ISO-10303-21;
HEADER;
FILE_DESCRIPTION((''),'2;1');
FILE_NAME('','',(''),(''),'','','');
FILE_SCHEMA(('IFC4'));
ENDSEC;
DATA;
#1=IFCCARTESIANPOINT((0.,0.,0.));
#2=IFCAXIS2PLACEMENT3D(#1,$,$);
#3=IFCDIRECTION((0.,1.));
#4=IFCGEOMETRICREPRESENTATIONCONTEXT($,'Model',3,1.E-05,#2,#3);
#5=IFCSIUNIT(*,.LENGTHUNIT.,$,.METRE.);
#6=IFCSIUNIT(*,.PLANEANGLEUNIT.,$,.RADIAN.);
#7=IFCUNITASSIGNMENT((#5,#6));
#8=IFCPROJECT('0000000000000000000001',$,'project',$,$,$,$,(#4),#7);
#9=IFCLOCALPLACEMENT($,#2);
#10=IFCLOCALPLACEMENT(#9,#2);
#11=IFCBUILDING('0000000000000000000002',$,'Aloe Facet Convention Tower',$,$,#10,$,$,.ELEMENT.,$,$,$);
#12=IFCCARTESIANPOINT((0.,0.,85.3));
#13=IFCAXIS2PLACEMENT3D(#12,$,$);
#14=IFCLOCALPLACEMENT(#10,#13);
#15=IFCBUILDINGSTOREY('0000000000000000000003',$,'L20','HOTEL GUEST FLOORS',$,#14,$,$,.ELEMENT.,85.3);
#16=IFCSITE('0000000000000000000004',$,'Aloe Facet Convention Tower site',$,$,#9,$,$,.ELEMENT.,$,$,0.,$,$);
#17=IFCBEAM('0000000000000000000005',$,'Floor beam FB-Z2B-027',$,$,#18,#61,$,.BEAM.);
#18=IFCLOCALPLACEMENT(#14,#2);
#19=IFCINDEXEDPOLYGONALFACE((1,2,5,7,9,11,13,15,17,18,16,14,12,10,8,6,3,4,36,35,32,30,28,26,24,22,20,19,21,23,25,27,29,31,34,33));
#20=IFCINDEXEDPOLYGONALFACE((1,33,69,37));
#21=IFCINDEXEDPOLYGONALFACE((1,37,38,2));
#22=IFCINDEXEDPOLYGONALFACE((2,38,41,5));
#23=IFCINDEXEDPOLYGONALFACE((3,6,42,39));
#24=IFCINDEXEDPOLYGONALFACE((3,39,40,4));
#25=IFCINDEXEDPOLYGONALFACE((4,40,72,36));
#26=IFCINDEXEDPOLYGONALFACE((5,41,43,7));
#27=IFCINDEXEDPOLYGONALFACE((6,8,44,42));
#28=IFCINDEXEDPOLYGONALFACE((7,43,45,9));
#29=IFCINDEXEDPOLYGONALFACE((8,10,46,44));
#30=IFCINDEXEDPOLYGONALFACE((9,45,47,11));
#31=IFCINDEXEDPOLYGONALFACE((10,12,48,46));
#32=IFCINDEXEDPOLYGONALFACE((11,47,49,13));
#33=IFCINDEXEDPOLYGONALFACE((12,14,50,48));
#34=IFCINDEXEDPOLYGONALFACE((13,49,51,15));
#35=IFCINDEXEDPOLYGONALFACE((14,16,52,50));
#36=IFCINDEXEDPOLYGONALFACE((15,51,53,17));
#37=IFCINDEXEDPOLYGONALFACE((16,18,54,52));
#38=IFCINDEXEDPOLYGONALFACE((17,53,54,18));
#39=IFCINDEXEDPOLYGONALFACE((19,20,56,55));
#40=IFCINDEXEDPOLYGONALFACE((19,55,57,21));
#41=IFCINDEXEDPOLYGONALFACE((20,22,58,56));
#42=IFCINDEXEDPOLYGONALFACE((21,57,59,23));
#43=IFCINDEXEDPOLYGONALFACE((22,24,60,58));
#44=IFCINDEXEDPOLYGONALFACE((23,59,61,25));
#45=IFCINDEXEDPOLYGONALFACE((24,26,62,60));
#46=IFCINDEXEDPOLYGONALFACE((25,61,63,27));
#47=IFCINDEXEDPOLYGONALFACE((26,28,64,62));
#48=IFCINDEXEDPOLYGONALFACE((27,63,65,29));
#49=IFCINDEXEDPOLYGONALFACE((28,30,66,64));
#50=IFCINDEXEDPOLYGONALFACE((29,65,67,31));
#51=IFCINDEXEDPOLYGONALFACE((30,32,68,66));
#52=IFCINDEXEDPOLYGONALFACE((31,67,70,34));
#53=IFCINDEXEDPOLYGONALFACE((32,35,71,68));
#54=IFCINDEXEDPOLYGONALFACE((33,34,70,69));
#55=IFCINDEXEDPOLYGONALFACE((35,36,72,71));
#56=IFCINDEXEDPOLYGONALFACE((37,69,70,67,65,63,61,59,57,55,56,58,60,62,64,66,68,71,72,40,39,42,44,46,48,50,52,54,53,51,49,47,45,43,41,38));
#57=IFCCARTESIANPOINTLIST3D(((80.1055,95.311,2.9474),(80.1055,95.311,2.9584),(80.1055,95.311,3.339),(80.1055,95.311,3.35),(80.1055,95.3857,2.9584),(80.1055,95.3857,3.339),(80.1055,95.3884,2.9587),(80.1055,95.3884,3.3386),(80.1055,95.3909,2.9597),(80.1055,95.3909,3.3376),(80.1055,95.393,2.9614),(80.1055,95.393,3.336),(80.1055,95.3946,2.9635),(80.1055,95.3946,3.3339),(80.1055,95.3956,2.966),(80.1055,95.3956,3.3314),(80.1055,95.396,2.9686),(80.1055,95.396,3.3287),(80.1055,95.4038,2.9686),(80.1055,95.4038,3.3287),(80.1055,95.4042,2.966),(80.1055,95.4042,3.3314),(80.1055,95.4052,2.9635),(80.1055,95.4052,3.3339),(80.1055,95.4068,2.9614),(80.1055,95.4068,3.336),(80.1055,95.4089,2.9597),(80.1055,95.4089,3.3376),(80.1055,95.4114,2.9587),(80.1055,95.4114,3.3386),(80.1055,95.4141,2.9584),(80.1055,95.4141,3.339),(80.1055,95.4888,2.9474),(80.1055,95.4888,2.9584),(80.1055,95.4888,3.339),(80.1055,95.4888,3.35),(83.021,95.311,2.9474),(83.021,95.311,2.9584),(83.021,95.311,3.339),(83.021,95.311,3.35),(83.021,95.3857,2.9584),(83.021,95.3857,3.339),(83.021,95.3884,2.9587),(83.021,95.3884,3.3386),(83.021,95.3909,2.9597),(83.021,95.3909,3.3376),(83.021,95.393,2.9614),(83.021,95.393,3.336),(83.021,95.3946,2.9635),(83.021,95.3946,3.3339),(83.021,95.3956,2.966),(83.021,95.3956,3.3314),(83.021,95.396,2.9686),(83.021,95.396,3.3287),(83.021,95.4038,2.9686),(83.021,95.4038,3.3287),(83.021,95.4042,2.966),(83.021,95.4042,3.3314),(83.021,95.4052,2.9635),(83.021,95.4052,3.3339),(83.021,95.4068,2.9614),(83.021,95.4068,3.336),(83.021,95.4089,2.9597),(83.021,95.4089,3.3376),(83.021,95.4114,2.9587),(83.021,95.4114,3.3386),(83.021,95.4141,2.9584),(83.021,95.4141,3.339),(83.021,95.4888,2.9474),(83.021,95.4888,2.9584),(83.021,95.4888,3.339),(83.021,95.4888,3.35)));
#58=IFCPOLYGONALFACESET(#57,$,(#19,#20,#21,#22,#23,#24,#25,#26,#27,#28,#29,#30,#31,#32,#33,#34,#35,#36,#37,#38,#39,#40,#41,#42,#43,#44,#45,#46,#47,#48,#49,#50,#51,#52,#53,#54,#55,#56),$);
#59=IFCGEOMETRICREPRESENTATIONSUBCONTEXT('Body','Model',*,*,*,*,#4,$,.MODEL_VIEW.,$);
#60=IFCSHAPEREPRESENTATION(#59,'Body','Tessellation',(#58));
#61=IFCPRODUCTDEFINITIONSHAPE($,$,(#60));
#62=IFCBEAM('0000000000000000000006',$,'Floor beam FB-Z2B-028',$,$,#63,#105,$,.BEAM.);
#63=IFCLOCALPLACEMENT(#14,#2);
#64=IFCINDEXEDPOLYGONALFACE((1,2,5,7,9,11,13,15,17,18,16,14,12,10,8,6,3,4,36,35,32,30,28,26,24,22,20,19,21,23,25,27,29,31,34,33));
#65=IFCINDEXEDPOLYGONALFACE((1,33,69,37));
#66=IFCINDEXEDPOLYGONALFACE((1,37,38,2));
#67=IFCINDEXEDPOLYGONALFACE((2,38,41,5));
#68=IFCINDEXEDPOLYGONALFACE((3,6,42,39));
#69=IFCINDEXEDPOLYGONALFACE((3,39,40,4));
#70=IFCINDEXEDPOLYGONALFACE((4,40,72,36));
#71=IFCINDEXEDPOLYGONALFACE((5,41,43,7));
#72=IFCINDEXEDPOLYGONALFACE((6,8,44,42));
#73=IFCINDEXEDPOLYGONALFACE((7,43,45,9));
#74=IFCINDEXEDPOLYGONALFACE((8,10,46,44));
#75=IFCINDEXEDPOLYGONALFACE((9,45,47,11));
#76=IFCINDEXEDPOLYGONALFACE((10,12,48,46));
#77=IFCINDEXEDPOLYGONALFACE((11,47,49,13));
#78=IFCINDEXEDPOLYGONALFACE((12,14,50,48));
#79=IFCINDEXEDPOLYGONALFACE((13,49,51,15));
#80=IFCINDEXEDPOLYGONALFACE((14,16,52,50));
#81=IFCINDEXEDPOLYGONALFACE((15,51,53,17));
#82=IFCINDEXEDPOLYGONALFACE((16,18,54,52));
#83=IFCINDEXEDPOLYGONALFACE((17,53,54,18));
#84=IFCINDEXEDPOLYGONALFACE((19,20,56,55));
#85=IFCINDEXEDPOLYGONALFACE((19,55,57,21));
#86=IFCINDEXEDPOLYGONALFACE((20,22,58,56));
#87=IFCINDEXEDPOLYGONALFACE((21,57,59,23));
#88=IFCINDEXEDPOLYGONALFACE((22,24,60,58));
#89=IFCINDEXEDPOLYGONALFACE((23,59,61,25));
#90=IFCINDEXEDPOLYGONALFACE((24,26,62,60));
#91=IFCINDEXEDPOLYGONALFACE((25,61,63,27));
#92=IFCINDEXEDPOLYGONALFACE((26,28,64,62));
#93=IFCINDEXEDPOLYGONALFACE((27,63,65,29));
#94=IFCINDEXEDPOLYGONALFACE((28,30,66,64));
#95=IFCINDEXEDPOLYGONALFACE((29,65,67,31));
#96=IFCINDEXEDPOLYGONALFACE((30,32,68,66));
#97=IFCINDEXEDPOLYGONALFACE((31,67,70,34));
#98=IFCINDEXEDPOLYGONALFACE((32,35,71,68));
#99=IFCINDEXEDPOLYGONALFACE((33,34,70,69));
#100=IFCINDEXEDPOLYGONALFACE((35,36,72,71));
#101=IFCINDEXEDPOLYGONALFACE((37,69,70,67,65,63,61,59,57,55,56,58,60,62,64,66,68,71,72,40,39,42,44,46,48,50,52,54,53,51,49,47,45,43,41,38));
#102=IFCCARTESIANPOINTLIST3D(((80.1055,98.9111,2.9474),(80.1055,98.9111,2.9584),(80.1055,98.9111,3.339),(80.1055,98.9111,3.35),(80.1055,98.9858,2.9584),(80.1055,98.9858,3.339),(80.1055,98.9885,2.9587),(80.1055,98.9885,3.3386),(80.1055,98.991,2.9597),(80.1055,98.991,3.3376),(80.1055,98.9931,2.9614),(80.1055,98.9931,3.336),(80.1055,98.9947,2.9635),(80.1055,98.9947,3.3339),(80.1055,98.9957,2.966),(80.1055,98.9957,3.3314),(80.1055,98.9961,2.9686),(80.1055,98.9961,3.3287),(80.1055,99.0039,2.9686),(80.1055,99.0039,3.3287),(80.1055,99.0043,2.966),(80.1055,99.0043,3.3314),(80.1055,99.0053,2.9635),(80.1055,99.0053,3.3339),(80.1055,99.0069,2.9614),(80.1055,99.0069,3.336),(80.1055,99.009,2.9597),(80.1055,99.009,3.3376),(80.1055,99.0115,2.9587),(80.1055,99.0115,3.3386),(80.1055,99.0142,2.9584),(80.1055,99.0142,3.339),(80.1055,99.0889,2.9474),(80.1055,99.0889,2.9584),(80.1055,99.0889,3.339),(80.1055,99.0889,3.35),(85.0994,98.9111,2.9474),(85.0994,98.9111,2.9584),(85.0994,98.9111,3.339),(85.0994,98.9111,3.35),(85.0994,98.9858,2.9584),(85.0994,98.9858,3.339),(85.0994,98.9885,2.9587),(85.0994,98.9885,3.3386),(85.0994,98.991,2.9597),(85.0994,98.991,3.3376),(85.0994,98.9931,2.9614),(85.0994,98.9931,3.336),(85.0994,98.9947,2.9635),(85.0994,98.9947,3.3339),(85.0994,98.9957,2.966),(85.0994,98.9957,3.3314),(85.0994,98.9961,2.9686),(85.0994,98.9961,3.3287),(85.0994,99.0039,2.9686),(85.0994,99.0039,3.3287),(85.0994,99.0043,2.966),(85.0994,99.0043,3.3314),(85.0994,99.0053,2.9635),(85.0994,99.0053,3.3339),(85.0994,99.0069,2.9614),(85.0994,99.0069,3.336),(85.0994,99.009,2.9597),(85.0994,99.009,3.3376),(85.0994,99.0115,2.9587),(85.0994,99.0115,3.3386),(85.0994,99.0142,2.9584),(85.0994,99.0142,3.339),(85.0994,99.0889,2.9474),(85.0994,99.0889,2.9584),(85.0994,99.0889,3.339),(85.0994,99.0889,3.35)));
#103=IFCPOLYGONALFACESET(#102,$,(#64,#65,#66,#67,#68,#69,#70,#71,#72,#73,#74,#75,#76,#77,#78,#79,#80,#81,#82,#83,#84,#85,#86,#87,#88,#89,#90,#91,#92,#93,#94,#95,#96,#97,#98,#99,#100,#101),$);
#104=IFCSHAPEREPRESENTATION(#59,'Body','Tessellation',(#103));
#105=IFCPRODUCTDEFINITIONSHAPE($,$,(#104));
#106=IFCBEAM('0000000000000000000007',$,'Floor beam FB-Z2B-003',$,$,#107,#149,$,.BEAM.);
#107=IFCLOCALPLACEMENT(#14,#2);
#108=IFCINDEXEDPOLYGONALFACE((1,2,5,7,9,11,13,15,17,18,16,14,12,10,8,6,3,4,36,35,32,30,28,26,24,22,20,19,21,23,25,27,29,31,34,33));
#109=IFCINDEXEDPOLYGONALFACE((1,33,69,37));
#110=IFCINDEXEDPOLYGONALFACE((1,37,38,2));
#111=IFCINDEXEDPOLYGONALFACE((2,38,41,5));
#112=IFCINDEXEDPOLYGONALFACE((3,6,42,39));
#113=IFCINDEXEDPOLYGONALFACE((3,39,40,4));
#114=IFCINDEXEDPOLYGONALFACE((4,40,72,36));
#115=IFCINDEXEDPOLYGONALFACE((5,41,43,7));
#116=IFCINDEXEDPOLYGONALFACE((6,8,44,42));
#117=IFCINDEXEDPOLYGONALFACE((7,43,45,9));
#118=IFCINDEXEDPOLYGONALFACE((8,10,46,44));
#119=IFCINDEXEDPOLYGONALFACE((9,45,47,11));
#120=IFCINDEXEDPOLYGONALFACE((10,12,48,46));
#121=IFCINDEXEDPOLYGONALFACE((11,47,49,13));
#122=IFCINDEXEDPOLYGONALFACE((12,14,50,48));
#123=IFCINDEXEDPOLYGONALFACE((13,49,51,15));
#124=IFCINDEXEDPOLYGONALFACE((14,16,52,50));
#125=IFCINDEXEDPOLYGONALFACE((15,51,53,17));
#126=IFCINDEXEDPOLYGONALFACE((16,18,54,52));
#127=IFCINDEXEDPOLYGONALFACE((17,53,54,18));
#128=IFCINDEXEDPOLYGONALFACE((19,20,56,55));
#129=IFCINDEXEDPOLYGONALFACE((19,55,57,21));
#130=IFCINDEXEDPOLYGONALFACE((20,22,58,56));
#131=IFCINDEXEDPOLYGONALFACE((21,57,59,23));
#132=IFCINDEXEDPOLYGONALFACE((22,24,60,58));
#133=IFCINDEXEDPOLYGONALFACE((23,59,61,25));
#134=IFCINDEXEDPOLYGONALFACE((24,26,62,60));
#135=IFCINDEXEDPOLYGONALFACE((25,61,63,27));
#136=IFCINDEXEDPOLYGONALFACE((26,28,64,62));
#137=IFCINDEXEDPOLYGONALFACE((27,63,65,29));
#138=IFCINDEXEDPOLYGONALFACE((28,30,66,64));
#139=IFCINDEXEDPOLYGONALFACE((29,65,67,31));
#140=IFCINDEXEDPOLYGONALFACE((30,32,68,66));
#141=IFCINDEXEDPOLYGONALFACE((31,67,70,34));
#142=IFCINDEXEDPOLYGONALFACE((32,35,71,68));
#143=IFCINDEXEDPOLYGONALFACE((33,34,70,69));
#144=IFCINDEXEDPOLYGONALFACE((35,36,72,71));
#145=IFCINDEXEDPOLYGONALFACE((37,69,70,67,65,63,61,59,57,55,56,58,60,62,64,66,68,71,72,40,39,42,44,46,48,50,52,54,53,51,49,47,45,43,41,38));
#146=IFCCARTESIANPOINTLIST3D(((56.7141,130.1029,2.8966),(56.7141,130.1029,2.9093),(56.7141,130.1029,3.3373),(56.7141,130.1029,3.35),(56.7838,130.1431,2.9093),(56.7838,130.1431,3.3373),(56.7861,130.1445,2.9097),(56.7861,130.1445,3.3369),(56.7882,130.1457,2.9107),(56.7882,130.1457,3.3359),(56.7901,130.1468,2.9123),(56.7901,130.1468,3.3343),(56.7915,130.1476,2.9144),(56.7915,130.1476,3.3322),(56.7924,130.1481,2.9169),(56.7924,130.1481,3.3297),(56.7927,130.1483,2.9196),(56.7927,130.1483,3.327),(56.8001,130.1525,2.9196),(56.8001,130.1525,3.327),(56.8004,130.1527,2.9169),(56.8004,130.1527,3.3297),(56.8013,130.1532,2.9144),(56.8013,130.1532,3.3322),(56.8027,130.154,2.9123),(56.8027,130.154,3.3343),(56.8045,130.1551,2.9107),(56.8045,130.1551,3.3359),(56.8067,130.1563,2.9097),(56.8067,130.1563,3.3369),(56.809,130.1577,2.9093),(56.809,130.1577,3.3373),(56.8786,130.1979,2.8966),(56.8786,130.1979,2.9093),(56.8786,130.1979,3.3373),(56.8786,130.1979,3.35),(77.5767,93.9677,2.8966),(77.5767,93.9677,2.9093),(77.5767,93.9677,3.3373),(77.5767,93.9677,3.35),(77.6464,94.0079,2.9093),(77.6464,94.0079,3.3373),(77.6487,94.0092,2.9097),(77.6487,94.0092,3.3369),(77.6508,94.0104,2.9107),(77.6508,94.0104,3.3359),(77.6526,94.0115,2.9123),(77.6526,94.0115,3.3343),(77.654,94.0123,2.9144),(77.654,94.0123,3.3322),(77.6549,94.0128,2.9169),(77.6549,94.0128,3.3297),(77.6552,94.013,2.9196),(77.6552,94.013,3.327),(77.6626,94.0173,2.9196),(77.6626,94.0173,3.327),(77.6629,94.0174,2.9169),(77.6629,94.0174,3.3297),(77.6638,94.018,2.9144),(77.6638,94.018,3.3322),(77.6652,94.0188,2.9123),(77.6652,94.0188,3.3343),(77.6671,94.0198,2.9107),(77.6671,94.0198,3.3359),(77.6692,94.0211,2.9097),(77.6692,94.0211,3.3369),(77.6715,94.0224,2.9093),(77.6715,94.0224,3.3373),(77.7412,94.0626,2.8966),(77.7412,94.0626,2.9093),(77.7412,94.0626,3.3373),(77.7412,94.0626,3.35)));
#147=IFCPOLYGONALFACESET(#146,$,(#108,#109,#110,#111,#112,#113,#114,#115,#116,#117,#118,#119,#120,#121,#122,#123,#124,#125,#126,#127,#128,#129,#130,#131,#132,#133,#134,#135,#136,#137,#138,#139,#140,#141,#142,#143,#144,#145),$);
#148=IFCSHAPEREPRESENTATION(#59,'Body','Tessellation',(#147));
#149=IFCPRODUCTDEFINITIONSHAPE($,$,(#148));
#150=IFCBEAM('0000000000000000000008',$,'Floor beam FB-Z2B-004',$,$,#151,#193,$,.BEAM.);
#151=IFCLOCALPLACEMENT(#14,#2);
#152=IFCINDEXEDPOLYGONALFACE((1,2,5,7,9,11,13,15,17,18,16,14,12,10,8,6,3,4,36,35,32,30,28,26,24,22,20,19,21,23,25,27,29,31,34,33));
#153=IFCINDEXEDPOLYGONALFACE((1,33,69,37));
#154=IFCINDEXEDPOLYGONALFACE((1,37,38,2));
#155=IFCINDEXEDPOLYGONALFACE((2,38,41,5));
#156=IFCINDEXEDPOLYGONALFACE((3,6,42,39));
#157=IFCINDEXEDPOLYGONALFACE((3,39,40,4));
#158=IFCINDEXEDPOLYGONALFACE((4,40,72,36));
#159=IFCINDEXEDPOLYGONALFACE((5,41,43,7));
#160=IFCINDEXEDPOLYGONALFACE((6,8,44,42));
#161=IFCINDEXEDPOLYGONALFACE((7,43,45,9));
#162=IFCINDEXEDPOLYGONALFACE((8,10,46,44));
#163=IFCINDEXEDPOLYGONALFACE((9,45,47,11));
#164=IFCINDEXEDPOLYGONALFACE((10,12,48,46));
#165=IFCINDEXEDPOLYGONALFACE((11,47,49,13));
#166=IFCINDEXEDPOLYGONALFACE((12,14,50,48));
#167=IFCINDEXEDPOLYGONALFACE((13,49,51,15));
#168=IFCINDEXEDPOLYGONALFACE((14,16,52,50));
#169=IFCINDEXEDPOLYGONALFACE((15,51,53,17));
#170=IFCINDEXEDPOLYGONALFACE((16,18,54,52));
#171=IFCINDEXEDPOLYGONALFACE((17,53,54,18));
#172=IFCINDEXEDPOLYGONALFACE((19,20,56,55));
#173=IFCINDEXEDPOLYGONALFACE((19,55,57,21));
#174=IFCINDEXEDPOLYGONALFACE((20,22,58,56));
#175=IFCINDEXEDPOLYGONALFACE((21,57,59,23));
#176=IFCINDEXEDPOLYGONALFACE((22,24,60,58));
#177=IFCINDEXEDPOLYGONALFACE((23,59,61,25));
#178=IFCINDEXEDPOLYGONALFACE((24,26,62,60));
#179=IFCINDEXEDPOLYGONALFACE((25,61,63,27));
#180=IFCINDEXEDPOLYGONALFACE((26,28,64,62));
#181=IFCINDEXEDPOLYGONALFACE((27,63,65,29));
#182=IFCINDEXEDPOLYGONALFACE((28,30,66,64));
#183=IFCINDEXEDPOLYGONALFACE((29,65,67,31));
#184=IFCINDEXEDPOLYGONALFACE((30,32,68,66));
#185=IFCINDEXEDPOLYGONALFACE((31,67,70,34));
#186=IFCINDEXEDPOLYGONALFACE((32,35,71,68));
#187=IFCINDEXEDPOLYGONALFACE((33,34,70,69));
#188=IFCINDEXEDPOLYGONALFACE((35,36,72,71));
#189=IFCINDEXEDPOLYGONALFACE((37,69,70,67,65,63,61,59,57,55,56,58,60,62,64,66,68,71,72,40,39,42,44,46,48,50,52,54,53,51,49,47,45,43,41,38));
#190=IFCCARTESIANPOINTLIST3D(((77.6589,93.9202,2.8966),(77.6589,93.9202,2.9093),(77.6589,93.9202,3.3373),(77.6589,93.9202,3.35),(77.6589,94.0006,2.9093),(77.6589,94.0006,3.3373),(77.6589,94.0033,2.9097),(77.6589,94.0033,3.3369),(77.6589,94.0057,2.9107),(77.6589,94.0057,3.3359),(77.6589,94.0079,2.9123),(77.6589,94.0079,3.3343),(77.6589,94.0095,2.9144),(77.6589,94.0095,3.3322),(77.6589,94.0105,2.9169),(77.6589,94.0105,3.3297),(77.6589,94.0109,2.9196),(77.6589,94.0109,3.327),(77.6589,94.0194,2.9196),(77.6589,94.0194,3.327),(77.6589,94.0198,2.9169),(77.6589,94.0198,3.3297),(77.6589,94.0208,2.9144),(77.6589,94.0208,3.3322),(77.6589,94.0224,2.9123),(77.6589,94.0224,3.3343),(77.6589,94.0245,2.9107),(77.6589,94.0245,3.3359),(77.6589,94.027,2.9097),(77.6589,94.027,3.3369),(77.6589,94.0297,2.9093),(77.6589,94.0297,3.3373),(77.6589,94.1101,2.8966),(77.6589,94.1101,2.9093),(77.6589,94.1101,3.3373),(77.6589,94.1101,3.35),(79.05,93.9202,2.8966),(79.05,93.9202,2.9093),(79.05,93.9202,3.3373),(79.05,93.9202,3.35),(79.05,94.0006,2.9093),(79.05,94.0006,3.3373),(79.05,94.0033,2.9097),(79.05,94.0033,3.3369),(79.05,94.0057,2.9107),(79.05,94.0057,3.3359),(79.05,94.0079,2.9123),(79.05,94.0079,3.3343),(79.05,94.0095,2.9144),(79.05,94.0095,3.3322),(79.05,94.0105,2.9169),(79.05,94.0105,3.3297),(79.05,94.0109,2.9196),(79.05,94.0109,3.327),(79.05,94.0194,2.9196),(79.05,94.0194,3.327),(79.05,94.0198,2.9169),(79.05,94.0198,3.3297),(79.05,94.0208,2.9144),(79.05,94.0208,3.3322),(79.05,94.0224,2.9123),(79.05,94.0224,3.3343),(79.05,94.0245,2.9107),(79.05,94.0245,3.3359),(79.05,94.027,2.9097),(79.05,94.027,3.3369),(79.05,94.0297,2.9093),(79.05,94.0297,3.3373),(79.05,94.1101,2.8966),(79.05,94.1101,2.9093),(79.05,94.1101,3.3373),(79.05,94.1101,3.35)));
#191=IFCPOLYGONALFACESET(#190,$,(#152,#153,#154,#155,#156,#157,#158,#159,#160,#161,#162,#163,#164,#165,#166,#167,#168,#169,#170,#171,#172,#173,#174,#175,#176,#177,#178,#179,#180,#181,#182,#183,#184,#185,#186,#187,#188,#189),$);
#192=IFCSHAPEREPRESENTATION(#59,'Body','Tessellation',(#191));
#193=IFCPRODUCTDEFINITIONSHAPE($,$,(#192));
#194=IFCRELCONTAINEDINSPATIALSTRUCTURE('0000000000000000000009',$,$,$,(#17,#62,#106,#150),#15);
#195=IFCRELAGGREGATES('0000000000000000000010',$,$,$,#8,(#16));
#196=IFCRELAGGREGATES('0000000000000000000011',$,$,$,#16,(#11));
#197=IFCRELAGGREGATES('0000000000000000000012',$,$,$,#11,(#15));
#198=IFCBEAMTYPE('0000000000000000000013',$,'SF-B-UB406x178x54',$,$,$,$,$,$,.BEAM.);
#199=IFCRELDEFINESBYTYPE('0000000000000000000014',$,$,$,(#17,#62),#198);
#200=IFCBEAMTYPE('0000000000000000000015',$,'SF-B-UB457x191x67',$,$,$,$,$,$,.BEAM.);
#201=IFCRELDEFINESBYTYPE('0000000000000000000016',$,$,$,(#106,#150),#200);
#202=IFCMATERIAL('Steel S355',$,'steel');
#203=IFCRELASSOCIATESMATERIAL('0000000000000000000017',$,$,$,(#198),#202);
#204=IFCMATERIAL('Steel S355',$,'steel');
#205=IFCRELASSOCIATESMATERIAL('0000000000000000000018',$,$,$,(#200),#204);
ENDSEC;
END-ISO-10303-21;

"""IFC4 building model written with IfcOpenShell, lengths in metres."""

from ifc_helpers import new_model, si_unit, direction, frame, origin, origin_2d, place, context, subcontext, project, spatial, i_section, extrude, material, material_profile, profile_set, type_object, element, save


model = new_model("IFC4")

# Units and contexts
model_context = context("Model", 3, precision=1e-05, world=origin(), true_north=direction((0.0, 1.0)))
body_context = subcontext(model_context, "Body", "Model", "MODEL_VIEW")
ifc_project = project(units=[si_unit("LENGTHUNIT", "METRE"), si_unit("PLANEANGLEUNIT", "RADIAN")], contexts=[model_context])

# Site, building, storey
site_placement = place(None, origin())
site = spatial("IfcSite", under=ifc_project, at=site_placement, Name="Aloe Facet Convention Tower site", CompositionType="ELEMENT", RefElevation=0.0)
building_placement = place(site_placement, origin())
building = spatial("IfcBuilding", under=site, at=building_placement, Name="Aloe Facet Convention Tower", CompositionType="ELEMENT")
storey_placement = place(building_placement, frame((0.0, 0.0, 85.3)))
storey = spatial("IfcBuildingStorey", under=building, at=storey_placement, Name="L20", Description="HOTEL GUEST FLOORS", CompositionType="ELEMENT", Elevation=85.3)

# Beams
ifc_material_1 = material(Name="Steel S355", Category="steel")
ifc_material_profile_1 = material_profile(ifc_material_1, i_section(OverallWidth=0.1777, OverallDepth=0.4026, WebThickness=0.0078, FlangeThickness=0.011, FilletRadius=0.0103, at=origin_2d()), Name="UB 406x178x54")
ifc_profile_set_1 = profile_set([ifc_material_profile_1], Name="Steel S355")
beam_type_1 = type_object("IfcBeamType", Name="SF-B-UB406x178x54", PredefinedType="BEAM", material=ifc_profile_set_1)
for number, where, z_axis, x_axis, name in (
    (1, (80.1055, 95.3999, 3.1487), (1.0, 0.0, 0.0), (0.0, 1.0, 0.0), "Floor beam FB-Z2B-027"),
):
    element("IfcBeam", number, at=place(storey_placement, frame(where, z_axis=z_axis, x_axis=x_axis)), inside=storey, type_object=beam_type_1, Name=name, PredefinedType="BEAM", context=body_context, shape_type="SweptSolid", body=[
        extrude(i_section(OverallWidth=0.1777, OverallDepth=0.4026, WebThickness=0.0078, FlangeThickness=0.011, FilletRadius=0.0103, at=origin_2d()), origin(), (0.0, 0.0, 1.0), 2.9155),
    ])
beam_1_placement = place(storey_placement, frame((80.1055, 99.0, 3.1487), z_axis=(1.0, 0.0, 0.0), x_axis=(0.0, 1.0, 0.0)))
element("IfcBeam", 2, at=beam_1_placement, inside=storey, type_object=beam_type_1, Name="Floor beam FB-Z2B-028", PredefinedType="BEAM", context=body_context, shape_type="SweptSolid", body=[
    extrude(i_section(OverallWidth=0.1777, OverallDepth=0.4026, WebThickness=0.0078, FlangeThickness=0.011, FilletRadius=0.0103, at=origin_2d()), origin(), (0.0, 0.0, 1.0), 4.9939),
])
ifc_material_2 = material(Name="Steel S355", Category="steel")
ifc_material_profile_2 = material_profile(ifc_material_2, i_section(OverallWidth=0.1899, OverallDepth=0.4534, WebThickness=0.0085, FlangeThickness=0.0127, FilletRadius=0.0103, at=origin_2d()), Name="UB 457x191x67")
ifc_profile_set_2 = profile_set([ifc_material_profile_2], Name="Steel S355")
beam_type_2 = type_object("IfcBeamType", Name="SF-B-UB457x191x67", PredefinedType="BEAM", material=ifc_profile_set_2)
beam_2_placement = place(storey_placement, frame((77.6589, 94.0151, 3.1233), z_axis=(-0.499997, 0.866027, 0.0), x_axis=(-0.866027, -0.499997, 0.0)))
element("IfcBeam", 3, at=beam_2_placement, inside=storey, type_object=beam_type_2, Name="Floor beam FB-Z2B-003", PredefinedType="BEAM", context=body_context, shape_type="SweptSolid", body=[
    extrude(i_section(OverallWidth=0.1899, OverallDepth=0.4534, WebThickness=0.0085, FlangeThickness=0.0127, FilletRadius=0.0103, at=origin_2d()), origin(), (0.0, 0.0, 1.0), 41.7253),
])
for number, where, z_axis, x_axis, name in (
    (4, (79.05, 94.0151, 3.1233), (-1.0, 0.0, 0.0), (0.0, -1.0, 0.0), "Floor beam FB-Z2B-004"),
):
    element("IfcBeam", number, at=place(storey_placement, frame(where, z_axis=z_axis, x_axis=x_axis)), inside=storey, type_object=beam_type_2, Name=name, PredefinedType="BEAM", context=body_context, shape_type="SweptSolid", body=[
        extrude(i_section(OverallWidth=0.1899, OverallDepth=0.4534, WebThickness=0.0085, FlangeThickness=0.0127, FilletRadius=0.0103, at=origin_2d()), origin(), (0.0, 0.0, 1.0), 1.3911),
    ])

save(model, "model.ifc")
